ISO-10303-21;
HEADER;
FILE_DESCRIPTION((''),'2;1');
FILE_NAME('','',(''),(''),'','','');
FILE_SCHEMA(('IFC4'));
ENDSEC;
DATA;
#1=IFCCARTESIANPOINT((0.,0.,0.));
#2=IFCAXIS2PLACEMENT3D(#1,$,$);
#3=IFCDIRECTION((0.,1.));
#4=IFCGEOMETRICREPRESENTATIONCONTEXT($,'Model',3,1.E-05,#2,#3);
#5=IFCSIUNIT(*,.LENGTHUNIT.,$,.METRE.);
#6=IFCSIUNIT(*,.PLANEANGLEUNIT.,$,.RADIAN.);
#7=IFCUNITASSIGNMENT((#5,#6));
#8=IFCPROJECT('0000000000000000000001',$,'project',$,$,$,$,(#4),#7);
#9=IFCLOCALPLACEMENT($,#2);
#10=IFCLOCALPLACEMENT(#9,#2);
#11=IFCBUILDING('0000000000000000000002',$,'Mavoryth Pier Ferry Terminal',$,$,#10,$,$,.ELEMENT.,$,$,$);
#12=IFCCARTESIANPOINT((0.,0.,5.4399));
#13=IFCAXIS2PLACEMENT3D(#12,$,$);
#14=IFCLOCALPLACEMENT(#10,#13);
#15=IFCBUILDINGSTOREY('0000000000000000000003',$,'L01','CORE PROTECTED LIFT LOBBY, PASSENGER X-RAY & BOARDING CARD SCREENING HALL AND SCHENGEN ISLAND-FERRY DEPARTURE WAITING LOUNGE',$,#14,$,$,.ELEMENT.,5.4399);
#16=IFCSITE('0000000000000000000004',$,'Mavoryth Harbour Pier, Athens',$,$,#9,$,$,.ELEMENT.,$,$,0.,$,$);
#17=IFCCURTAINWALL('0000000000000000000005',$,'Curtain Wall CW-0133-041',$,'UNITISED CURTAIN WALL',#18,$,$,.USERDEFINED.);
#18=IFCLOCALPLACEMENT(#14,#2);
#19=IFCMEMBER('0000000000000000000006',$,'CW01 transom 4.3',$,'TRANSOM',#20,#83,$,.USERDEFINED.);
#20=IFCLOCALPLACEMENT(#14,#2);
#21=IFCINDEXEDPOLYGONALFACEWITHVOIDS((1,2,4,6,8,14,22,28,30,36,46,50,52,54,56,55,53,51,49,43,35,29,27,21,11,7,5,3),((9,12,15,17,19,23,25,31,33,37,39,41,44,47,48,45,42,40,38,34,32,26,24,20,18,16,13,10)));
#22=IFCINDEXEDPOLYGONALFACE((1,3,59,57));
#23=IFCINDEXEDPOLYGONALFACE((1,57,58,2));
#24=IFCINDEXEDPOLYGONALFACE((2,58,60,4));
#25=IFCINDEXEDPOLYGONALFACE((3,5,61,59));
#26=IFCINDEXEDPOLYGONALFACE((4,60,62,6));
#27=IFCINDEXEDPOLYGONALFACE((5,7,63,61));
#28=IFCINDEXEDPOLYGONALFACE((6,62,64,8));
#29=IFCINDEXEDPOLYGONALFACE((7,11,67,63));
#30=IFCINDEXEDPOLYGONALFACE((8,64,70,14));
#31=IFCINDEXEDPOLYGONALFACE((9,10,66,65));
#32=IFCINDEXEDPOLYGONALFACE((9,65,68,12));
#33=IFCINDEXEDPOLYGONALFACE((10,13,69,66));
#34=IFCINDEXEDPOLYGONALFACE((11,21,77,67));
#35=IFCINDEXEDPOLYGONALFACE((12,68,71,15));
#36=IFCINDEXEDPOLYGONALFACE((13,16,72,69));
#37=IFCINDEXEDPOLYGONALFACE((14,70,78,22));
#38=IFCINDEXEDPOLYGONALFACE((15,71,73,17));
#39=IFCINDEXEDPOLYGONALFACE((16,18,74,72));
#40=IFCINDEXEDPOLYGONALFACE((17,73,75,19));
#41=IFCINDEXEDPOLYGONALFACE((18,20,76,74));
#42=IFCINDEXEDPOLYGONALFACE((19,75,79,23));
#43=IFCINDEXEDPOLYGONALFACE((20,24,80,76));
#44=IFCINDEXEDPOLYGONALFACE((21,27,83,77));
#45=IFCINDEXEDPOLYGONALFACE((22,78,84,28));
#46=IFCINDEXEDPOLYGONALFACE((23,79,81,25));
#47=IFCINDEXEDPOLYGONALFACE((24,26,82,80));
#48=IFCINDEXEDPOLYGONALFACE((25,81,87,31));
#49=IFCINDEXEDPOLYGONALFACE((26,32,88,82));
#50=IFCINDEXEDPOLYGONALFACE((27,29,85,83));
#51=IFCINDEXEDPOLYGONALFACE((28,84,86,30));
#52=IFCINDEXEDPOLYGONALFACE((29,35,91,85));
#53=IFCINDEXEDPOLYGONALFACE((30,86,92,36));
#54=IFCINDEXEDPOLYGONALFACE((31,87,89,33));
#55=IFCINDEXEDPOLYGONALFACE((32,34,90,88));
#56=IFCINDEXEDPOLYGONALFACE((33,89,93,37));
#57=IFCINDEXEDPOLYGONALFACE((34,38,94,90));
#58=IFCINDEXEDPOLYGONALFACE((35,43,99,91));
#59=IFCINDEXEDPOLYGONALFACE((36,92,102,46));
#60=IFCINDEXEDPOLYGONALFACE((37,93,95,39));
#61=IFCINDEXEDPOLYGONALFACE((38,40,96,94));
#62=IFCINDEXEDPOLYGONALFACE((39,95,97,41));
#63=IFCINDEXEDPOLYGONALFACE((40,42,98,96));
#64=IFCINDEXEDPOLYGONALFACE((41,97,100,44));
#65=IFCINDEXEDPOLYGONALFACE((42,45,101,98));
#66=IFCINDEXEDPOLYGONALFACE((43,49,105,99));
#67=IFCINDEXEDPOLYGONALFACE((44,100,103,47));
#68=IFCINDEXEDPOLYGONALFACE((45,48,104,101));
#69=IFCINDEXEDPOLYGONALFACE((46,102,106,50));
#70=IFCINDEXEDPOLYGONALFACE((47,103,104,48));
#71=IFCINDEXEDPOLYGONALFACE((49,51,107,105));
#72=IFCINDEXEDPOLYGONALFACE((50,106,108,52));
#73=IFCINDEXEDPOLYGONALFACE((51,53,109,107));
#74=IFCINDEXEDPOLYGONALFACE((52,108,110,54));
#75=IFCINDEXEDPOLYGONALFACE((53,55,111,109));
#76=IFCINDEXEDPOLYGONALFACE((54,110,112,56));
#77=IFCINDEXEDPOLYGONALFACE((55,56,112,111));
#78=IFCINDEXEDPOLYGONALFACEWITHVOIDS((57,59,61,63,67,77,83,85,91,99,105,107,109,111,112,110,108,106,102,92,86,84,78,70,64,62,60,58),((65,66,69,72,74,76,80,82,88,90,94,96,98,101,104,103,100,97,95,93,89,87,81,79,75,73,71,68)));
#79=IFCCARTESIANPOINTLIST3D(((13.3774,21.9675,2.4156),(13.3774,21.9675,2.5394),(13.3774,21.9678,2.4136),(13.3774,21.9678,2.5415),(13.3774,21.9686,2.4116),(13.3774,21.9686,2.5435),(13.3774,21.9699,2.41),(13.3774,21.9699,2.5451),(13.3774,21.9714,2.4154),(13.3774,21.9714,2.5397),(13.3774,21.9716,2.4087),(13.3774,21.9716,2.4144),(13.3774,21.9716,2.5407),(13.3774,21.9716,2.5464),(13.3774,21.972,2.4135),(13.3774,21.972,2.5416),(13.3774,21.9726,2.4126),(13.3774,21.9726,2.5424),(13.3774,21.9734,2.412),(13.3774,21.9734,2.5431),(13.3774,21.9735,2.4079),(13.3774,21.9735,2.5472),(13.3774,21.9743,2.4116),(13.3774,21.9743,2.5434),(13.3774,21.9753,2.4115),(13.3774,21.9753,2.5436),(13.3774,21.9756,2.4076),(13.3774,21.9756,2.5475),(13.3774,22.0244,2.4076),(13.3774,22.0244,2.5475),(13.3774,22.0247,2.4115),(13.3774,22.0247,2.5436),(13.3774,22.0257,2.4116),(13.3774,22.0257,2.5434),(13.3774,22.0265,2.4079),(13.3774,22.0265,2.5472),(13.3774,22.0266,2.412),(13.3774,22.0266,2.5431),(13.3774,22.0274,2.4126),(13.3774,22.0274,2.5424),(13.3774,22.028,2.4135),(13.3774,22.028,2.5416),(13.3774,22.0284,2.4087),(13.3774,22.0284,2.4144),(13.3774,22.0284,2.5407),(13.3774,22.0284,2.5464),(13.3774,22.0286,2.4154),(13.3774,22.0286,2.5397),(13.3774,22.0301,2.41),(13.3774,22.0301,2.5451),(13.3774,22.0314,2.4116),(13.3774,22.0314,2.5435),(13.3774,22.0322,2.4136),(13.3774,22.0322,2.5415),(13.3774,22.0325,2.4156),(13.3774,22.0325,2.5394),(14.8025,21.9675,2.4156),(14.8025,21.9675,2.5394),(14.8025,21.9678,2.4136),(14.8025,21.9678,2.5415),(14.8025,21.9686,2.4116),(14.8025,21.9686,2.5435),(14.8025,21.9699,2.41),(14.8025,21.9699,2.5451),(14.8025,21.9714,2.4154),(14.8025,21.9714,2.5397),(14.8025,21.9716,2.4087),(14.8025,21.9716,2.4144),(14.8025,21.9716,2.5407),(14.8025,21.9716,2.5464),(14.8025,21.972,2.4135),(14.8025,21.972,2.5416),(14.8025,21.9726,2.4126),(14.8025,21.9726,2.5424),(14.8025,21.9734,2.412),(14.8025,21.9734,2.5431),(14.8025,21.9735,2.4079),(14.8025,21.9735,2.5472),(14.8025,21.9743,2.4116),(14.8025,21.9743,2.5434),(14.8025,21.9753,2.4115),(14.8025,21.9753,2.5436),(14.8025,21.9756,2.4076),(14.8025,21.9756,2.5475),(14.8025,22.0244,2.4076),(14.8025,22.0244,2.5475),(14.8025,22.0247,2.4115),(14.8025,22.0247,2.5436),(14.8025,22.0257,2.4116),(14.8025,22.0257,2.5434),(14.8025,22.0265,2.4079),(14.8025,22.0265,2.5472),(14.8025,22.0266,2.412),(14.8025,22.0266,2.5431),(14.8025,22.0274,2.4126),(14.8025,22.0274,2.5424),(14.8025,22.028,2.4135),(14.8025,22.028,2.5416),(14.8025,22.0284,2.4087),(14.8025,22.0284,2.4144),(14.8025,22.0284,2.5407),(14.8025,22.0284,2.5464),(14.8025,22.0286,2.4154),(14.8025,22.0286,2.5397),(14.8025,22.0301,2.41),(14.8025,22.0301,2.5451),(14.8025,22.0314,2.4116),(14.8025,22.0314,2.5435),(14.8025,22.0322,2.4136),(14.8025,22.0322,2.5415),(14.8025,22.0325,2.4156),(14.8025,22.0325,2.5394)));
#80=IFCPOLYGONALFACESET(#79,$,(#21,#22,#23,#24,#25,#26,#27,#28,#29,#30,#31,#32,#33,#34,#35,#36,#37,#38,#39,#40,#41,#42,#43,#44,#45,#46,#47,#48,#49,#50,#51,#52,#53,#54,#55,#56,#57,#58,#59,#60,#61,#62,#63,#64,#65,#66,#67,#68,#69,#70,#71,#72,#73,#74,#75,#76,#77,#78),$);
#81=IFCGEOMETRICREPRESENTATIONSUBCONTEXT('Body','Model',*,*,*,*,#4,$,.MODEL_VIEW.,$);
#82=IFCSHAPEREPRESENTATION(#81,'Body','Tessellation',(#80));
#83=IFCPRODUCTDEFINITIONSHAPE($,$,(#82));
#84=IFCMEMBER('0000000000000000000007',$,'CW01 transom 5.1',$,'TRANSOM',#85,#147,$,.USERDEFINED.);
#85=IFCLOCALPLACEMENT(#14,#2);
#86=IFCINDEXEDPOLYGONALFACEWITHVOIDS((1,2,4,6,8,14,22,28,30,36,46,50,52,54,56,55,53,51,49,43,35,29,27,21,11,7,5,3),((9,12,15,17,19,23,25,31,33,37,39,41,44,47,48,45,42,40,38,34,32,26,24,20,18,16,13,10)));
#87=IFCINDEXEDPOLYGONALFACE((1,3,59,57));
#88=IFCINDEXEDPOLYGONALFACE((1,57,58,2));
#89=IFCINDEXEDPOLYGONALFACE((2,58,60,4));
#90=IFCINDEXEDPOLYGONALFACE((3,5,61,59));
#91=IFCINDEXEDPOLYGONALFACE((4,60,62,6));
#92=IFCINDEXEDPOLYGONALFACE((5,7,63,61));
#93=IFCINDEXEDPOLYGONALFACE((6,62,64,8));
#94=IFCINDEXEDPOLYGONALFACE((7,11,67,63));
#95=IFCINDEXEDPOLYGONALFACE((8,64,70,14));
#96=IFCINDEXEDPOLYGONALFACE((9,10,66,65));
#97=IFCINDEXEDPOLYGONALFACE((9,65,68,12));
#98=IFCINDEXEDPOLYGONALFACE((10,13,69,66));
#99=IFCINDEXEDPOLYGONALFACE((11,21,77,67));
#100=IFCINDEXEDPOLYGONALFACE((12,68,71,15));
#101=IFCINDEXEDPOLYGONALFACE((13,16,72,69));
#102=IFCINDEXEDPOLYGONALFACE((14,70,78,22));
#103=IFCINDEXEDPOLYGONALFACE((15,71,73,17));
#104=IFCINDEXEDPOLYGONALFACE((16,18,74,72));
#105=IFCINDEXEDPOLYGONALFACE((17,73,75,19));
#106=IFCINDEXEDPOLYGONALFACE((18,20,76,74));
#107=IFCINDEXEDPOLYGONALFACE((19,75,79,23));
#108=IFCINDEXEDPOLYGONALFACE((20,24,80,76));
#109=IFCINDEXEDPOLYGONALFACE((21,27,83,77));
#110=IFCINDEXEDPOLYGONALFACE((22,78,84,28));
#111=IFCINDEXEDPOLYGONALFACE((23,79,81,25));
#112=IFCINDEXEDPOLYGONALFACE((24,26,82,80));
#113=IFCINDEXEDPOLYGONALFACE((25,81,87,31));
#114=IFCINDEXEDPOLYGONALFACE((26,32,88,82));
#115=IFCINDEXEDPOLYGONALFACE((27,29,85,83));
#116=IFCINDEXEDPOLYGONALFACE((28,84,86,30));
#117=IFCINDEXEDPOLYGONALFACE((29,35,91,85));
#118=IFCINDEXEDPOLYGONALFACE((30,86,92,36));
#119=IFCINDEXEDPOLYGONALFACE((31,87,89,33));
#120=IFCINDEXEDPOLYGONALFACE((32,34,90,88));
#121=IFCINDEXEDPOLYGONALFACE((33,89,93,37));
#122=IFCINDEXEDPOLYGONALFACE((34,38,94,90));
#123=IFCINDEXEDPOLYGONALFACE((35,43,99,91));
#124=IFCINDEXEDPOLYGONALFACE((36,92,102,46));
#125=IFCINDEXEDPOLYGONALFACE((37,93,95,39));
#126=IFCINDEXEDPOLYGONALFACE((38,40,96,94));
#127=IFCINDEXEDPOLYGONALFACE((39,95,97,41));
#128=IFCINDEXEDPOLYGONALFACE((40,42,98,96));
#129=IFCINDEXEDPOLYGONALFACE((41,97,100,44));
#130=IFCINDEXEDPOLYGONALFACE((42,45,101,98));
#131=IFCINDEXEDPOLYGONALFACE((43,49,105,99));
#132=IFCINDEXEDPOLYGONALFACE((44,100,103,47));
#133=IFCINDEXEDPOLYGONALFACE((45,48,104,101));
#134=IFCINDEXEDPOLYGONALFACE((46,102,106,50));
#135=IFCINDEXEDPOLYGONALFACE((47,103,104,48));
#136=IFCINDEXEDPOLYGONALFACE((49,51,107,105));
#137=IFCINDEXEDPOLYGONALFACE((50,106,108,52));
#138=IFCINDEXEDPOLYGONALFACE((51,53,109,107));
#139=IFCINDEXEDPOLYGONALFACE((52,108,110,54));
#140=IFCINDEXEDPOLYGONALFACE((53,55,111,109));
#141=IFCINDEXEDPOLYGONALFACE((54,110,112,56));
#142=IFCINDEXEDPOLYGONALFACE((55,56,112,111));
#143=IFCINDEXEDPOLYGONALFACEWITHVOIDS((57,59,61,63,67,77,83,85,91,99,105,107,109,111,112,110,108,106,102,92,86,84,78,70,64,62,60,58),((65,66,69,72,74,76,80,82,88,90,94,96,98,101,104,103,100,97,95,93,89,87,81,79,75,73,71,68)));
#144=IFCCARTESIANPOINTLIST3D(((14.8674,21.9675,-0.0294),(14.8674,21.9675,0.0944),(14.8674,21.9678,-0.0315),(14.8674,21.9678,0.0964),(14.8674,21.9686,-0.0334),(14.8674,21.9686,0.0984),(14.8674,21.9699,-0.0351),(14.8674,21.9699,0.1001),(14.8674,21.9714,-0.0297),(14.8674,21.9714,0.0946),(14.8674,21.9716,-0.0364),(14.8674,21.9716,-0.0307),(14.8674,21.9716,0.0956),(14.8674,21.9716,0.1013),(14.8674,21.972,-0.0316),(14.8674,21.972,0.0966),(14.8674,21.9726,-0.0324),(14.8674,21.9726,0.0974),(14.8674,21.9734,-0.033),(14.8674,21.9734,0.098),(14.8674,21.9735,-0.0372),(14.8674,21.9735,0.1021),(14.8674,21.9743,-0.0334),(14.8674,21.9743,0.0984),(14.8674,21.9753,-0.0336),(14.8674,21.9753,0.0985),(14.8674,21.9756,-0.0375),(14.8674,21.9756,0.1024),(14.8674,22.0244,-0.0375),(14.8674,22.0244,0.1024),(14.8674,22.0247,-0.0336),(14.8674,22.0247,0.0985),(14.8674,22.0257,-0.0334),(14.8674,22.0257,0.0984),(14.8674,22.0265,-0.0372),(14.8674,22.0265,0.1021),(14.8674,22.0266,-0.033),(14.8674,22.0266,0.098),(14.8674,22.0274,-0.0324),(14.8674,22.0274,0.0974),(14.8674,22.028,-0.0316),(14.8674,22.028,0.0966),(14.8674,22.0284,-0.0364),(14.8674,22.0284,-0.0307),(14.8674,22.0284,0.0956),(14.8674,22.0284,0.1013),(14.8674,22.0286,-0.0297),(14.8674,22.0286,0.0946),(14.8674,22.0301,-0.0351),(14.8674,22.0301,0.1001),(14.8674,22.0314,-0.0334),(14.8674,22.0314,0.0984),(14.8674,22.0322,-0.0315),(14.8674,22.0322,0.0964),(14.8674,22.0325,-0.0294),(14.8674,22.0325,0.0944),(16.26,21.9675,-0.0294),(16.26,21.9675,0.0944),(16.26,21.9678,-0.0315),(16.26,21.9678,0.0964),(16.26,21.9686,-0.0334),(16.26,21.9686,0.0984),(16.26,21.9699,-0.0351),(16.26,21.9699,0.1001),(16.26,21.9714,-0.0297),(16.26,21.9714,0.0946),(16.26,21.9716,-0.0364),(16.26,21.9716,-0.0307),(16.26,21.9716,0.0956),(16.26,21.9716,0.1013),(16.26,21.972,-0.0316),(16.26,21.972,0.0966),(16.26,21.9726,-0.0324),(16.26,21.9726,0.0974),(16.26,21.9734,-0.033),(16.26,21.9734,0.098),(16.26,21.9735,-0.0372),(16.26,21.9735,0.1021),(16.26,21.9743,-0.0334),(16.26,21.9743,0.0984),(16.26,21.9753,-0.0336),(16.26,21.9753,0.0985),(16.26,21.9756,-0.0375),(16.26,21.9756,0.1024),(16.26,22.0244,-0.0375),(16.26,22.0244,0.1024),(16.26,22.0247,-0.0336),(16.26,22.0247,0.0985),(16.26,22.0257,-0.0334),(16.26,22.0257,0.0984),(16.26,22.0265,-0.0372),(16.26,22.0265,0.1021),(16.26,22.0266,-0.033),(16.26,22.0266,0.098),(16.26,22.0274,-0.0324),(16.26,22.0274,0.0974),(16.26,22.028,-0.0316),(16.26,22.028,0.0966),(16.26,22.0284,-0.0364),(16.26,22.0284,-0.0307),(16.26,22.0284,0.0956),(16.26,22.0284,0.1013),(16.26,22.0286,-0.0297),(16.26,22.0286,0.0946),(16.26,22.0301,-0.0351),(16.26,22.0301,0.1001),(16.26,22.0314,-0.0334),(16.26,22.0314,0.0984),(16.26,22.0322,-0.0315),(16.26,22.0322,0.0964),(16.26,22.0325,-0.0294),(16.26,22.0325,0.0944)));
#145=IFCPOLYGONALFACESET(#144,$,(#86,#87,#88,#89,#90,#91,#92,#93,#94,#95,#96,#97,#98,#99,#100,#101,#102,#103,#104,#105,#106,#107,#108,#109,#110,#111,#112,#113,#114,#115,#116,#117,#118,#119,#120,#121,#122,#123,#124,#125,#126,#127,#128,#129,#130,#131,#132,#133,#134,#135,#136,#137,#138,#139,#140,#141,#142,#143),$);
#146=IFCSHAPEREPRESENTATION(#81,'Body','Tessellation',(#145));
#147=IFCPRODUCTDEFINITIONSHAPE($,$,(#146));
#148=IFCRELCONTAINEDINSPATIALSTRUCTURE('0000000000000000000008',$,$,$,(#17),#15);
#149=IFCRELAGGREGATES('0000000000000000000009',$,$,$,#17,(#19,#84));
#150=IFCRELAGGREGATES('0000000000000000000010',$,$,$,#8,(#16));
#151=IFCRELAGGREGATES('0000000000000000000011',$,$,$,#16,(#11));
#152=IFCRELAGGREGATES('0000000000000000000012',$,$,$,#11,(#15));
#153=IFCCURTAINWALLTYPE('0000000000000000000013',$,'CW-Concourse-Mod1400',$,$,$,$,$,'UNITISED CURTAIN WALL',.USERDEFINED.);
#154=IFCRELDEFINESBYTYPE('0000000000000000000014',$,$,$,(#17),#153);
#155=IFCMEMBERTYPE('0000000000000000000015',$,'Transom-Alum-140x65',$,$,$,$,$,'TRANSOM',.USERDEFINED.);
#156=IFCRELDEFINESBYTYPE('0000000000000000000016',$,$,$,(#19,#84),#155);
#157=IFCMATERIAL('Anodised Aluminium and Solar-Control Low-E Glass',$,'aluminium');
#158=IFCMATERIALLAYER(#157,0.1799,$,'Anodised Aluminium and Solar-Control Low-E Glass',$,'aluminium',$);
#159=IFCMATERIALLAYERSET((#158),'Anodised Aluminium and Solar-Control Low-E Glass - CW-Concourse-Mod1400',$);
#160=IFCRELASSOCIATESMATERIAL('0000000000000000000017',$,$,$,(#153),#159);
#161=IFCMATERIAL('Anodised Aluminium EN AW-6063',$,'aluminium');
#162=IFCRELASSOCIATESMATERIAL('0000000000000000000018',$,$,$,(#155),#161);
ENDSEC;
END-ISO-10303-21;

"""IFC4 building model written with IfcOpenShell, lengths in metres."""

from ifc_helpers import new_model, si_unit, direction, frame, origin, origin_2d, place, context, subcontext, project, spatial, hollow_rectangle, extrude, material, layer, layer_set, material_profile, profile_set, type_object, element, aggregate, save


model = new_model("IFC4")

# Units and contexts
model_context = context("Model", 3, precision=1e-05, world=origin(), true_north=direction((0.0, 1.0)))
body_context = subcontext(model_context, "Body", "Model", "MODEL_VIEW")
ifc_project = project(units=[si_unit("LENGTHUNIT", "METRE"), si_unit("PLANEANGLEUNIT", "RADIAN")], contexts=[model_context])

# Site, building, storey
site_placement = place(None, origin())
site = spatial("IfcSite", under=ifc_project, at=site_placement, Name="Mavoryth Harbour Pier, Athens", CompositionType="ELEMENT", RefElevation=0.0)
building_placement = place(site_placement, origin())
building = spatial("IfcBuilding", under=site, at=building_placement, Name="Mavoryth Pier Ferry Terminal", CompositionType="ELEMENT")
storey_placement = place(building_placement, frame((0.0, 0.0, 5.4399)))
storey = spatial("IfcBuildingStorey", under=building, at=storey_placement, Name="L01", Description="CORE PROTECTED LIFT LOBBY, PASSENGER X-RAY & BOARDING CARD SCREENING HALL AND SCHENGEN ISLAND-FERRY DEPARTURE WAITING LOUNGE", CompositionType="ELEMENT", Elevation=5.4399)

# Curtain wall
ifc_material_1 = material(Name="Anodised Aluminium and Solar-Control Low-E Glass", Category="aluminium")
ifc_layer_1 = layer(ifc_material_1, 0.1799, Name="Anodised Aluminium and Solar-Control Low-E Glass", Category="aluminium")
ifc_layer_set_1 = layer_set([ifc_layer_1], Name="Anodised Aluminium and Solar-Control Low-E Glass - CW-Concourse-Mod1400")
curtain_wall_type = type_object("IfcCurtainWallType", Name="CW-Concourse-Mod1400", ElementType="UNITISED CURTAIN WALL", PredefinedType="USERDEFINED", material=ifc_layer_set_1)
curtain_wall_1_placement = place(storey_placement, origin())
curtain_wall_1 = element("IfcCurtainWall", 1, at=curtain_wall_1_placement, inside=storey, type_object=curtain_wall_type, Name="Curtain Wall CW-0133-041", ObjectType="UNITISED CURTAIN WALL", PredefinedType="USERDEFINED")
ifc_material_2 = material(Name="Anodised Aluminium EN AW-6063", Category="aluminium")

# Members
ifc_material_profile_1 = material_profile(ifc_material_2, hollow_rectangle(XDim=0.0649, YDim=0.1399, WallThickness=0.0039, InnerFilletRadius=0.0039, OuterFilletRadius=0.0081, at=origin_2d()), Name="AL-TRAN 140x65x4", Category="aluminium")
ifc_profile_set_1 = profile_set([ifc_material_profile_1], Name="Anodised Aluminium EN AW-6063 - AL-TRAN 140x65x4")
member_type_1 = type_object("IfcMemberType", Name="Transom-Alum-140x65", ElementType="TRANSOM", PredefinedType="USERDEFINED", material=ifc_profile_set_1)
member_1_placement = place(storey_placement, frame((13.3774, 22.0, 2.4775), z_axis=(1.0, 0.0, 0.0), x_axis=(0.0, 1.0, 0.0)))
member_1 = element("IfcMember", 2, at=member_1_placement, type_object=member_type_1, Name="CW01 transom 4.3", ObjectType="TRANSOM", PredefinedType="USERDEFINED", context=body_context, shape_type="SweptSolid", body=[
    extrude(hollow_rectangle(XDim=0.0649, YDim=0.1399, WallThickness=0.0039, InnerFilletRadius=0.0039, OuterFilletRadius=0.0081, at=origin_2d()), origin(), (0.0, 0.0, 1.0), 1.425),
])
member_2_placement = place(storey_placement, frame((14.8674, 22.0, 0.0325), z_axis=(1.0, 0.0, 0.0), x_axis=(0.0, 1.0, 0.0)))
member_2 = element("IfcMember", 3, at=member_2_placement, type_object=member_type_1, Name="CW01 transom 5.1", ObjectType="TRANSOM", PredefinedType="USERDEFINED", context=body_context, shape_type="SweptSolid", body=[
    extrude(hollow_rectangle(XDim=0.0649, YDim=0.1399, WallThickness=0.0039, InnerFilletRadius=0.0039, OuterFilletRadius=0.0081, at=origin_2d()), origin(), (0.0, 0.0, 1.0), 1.3926),
])

aggregate(curtain_wall_1, [member_1, member_2])

save(model, "model.ifc")
